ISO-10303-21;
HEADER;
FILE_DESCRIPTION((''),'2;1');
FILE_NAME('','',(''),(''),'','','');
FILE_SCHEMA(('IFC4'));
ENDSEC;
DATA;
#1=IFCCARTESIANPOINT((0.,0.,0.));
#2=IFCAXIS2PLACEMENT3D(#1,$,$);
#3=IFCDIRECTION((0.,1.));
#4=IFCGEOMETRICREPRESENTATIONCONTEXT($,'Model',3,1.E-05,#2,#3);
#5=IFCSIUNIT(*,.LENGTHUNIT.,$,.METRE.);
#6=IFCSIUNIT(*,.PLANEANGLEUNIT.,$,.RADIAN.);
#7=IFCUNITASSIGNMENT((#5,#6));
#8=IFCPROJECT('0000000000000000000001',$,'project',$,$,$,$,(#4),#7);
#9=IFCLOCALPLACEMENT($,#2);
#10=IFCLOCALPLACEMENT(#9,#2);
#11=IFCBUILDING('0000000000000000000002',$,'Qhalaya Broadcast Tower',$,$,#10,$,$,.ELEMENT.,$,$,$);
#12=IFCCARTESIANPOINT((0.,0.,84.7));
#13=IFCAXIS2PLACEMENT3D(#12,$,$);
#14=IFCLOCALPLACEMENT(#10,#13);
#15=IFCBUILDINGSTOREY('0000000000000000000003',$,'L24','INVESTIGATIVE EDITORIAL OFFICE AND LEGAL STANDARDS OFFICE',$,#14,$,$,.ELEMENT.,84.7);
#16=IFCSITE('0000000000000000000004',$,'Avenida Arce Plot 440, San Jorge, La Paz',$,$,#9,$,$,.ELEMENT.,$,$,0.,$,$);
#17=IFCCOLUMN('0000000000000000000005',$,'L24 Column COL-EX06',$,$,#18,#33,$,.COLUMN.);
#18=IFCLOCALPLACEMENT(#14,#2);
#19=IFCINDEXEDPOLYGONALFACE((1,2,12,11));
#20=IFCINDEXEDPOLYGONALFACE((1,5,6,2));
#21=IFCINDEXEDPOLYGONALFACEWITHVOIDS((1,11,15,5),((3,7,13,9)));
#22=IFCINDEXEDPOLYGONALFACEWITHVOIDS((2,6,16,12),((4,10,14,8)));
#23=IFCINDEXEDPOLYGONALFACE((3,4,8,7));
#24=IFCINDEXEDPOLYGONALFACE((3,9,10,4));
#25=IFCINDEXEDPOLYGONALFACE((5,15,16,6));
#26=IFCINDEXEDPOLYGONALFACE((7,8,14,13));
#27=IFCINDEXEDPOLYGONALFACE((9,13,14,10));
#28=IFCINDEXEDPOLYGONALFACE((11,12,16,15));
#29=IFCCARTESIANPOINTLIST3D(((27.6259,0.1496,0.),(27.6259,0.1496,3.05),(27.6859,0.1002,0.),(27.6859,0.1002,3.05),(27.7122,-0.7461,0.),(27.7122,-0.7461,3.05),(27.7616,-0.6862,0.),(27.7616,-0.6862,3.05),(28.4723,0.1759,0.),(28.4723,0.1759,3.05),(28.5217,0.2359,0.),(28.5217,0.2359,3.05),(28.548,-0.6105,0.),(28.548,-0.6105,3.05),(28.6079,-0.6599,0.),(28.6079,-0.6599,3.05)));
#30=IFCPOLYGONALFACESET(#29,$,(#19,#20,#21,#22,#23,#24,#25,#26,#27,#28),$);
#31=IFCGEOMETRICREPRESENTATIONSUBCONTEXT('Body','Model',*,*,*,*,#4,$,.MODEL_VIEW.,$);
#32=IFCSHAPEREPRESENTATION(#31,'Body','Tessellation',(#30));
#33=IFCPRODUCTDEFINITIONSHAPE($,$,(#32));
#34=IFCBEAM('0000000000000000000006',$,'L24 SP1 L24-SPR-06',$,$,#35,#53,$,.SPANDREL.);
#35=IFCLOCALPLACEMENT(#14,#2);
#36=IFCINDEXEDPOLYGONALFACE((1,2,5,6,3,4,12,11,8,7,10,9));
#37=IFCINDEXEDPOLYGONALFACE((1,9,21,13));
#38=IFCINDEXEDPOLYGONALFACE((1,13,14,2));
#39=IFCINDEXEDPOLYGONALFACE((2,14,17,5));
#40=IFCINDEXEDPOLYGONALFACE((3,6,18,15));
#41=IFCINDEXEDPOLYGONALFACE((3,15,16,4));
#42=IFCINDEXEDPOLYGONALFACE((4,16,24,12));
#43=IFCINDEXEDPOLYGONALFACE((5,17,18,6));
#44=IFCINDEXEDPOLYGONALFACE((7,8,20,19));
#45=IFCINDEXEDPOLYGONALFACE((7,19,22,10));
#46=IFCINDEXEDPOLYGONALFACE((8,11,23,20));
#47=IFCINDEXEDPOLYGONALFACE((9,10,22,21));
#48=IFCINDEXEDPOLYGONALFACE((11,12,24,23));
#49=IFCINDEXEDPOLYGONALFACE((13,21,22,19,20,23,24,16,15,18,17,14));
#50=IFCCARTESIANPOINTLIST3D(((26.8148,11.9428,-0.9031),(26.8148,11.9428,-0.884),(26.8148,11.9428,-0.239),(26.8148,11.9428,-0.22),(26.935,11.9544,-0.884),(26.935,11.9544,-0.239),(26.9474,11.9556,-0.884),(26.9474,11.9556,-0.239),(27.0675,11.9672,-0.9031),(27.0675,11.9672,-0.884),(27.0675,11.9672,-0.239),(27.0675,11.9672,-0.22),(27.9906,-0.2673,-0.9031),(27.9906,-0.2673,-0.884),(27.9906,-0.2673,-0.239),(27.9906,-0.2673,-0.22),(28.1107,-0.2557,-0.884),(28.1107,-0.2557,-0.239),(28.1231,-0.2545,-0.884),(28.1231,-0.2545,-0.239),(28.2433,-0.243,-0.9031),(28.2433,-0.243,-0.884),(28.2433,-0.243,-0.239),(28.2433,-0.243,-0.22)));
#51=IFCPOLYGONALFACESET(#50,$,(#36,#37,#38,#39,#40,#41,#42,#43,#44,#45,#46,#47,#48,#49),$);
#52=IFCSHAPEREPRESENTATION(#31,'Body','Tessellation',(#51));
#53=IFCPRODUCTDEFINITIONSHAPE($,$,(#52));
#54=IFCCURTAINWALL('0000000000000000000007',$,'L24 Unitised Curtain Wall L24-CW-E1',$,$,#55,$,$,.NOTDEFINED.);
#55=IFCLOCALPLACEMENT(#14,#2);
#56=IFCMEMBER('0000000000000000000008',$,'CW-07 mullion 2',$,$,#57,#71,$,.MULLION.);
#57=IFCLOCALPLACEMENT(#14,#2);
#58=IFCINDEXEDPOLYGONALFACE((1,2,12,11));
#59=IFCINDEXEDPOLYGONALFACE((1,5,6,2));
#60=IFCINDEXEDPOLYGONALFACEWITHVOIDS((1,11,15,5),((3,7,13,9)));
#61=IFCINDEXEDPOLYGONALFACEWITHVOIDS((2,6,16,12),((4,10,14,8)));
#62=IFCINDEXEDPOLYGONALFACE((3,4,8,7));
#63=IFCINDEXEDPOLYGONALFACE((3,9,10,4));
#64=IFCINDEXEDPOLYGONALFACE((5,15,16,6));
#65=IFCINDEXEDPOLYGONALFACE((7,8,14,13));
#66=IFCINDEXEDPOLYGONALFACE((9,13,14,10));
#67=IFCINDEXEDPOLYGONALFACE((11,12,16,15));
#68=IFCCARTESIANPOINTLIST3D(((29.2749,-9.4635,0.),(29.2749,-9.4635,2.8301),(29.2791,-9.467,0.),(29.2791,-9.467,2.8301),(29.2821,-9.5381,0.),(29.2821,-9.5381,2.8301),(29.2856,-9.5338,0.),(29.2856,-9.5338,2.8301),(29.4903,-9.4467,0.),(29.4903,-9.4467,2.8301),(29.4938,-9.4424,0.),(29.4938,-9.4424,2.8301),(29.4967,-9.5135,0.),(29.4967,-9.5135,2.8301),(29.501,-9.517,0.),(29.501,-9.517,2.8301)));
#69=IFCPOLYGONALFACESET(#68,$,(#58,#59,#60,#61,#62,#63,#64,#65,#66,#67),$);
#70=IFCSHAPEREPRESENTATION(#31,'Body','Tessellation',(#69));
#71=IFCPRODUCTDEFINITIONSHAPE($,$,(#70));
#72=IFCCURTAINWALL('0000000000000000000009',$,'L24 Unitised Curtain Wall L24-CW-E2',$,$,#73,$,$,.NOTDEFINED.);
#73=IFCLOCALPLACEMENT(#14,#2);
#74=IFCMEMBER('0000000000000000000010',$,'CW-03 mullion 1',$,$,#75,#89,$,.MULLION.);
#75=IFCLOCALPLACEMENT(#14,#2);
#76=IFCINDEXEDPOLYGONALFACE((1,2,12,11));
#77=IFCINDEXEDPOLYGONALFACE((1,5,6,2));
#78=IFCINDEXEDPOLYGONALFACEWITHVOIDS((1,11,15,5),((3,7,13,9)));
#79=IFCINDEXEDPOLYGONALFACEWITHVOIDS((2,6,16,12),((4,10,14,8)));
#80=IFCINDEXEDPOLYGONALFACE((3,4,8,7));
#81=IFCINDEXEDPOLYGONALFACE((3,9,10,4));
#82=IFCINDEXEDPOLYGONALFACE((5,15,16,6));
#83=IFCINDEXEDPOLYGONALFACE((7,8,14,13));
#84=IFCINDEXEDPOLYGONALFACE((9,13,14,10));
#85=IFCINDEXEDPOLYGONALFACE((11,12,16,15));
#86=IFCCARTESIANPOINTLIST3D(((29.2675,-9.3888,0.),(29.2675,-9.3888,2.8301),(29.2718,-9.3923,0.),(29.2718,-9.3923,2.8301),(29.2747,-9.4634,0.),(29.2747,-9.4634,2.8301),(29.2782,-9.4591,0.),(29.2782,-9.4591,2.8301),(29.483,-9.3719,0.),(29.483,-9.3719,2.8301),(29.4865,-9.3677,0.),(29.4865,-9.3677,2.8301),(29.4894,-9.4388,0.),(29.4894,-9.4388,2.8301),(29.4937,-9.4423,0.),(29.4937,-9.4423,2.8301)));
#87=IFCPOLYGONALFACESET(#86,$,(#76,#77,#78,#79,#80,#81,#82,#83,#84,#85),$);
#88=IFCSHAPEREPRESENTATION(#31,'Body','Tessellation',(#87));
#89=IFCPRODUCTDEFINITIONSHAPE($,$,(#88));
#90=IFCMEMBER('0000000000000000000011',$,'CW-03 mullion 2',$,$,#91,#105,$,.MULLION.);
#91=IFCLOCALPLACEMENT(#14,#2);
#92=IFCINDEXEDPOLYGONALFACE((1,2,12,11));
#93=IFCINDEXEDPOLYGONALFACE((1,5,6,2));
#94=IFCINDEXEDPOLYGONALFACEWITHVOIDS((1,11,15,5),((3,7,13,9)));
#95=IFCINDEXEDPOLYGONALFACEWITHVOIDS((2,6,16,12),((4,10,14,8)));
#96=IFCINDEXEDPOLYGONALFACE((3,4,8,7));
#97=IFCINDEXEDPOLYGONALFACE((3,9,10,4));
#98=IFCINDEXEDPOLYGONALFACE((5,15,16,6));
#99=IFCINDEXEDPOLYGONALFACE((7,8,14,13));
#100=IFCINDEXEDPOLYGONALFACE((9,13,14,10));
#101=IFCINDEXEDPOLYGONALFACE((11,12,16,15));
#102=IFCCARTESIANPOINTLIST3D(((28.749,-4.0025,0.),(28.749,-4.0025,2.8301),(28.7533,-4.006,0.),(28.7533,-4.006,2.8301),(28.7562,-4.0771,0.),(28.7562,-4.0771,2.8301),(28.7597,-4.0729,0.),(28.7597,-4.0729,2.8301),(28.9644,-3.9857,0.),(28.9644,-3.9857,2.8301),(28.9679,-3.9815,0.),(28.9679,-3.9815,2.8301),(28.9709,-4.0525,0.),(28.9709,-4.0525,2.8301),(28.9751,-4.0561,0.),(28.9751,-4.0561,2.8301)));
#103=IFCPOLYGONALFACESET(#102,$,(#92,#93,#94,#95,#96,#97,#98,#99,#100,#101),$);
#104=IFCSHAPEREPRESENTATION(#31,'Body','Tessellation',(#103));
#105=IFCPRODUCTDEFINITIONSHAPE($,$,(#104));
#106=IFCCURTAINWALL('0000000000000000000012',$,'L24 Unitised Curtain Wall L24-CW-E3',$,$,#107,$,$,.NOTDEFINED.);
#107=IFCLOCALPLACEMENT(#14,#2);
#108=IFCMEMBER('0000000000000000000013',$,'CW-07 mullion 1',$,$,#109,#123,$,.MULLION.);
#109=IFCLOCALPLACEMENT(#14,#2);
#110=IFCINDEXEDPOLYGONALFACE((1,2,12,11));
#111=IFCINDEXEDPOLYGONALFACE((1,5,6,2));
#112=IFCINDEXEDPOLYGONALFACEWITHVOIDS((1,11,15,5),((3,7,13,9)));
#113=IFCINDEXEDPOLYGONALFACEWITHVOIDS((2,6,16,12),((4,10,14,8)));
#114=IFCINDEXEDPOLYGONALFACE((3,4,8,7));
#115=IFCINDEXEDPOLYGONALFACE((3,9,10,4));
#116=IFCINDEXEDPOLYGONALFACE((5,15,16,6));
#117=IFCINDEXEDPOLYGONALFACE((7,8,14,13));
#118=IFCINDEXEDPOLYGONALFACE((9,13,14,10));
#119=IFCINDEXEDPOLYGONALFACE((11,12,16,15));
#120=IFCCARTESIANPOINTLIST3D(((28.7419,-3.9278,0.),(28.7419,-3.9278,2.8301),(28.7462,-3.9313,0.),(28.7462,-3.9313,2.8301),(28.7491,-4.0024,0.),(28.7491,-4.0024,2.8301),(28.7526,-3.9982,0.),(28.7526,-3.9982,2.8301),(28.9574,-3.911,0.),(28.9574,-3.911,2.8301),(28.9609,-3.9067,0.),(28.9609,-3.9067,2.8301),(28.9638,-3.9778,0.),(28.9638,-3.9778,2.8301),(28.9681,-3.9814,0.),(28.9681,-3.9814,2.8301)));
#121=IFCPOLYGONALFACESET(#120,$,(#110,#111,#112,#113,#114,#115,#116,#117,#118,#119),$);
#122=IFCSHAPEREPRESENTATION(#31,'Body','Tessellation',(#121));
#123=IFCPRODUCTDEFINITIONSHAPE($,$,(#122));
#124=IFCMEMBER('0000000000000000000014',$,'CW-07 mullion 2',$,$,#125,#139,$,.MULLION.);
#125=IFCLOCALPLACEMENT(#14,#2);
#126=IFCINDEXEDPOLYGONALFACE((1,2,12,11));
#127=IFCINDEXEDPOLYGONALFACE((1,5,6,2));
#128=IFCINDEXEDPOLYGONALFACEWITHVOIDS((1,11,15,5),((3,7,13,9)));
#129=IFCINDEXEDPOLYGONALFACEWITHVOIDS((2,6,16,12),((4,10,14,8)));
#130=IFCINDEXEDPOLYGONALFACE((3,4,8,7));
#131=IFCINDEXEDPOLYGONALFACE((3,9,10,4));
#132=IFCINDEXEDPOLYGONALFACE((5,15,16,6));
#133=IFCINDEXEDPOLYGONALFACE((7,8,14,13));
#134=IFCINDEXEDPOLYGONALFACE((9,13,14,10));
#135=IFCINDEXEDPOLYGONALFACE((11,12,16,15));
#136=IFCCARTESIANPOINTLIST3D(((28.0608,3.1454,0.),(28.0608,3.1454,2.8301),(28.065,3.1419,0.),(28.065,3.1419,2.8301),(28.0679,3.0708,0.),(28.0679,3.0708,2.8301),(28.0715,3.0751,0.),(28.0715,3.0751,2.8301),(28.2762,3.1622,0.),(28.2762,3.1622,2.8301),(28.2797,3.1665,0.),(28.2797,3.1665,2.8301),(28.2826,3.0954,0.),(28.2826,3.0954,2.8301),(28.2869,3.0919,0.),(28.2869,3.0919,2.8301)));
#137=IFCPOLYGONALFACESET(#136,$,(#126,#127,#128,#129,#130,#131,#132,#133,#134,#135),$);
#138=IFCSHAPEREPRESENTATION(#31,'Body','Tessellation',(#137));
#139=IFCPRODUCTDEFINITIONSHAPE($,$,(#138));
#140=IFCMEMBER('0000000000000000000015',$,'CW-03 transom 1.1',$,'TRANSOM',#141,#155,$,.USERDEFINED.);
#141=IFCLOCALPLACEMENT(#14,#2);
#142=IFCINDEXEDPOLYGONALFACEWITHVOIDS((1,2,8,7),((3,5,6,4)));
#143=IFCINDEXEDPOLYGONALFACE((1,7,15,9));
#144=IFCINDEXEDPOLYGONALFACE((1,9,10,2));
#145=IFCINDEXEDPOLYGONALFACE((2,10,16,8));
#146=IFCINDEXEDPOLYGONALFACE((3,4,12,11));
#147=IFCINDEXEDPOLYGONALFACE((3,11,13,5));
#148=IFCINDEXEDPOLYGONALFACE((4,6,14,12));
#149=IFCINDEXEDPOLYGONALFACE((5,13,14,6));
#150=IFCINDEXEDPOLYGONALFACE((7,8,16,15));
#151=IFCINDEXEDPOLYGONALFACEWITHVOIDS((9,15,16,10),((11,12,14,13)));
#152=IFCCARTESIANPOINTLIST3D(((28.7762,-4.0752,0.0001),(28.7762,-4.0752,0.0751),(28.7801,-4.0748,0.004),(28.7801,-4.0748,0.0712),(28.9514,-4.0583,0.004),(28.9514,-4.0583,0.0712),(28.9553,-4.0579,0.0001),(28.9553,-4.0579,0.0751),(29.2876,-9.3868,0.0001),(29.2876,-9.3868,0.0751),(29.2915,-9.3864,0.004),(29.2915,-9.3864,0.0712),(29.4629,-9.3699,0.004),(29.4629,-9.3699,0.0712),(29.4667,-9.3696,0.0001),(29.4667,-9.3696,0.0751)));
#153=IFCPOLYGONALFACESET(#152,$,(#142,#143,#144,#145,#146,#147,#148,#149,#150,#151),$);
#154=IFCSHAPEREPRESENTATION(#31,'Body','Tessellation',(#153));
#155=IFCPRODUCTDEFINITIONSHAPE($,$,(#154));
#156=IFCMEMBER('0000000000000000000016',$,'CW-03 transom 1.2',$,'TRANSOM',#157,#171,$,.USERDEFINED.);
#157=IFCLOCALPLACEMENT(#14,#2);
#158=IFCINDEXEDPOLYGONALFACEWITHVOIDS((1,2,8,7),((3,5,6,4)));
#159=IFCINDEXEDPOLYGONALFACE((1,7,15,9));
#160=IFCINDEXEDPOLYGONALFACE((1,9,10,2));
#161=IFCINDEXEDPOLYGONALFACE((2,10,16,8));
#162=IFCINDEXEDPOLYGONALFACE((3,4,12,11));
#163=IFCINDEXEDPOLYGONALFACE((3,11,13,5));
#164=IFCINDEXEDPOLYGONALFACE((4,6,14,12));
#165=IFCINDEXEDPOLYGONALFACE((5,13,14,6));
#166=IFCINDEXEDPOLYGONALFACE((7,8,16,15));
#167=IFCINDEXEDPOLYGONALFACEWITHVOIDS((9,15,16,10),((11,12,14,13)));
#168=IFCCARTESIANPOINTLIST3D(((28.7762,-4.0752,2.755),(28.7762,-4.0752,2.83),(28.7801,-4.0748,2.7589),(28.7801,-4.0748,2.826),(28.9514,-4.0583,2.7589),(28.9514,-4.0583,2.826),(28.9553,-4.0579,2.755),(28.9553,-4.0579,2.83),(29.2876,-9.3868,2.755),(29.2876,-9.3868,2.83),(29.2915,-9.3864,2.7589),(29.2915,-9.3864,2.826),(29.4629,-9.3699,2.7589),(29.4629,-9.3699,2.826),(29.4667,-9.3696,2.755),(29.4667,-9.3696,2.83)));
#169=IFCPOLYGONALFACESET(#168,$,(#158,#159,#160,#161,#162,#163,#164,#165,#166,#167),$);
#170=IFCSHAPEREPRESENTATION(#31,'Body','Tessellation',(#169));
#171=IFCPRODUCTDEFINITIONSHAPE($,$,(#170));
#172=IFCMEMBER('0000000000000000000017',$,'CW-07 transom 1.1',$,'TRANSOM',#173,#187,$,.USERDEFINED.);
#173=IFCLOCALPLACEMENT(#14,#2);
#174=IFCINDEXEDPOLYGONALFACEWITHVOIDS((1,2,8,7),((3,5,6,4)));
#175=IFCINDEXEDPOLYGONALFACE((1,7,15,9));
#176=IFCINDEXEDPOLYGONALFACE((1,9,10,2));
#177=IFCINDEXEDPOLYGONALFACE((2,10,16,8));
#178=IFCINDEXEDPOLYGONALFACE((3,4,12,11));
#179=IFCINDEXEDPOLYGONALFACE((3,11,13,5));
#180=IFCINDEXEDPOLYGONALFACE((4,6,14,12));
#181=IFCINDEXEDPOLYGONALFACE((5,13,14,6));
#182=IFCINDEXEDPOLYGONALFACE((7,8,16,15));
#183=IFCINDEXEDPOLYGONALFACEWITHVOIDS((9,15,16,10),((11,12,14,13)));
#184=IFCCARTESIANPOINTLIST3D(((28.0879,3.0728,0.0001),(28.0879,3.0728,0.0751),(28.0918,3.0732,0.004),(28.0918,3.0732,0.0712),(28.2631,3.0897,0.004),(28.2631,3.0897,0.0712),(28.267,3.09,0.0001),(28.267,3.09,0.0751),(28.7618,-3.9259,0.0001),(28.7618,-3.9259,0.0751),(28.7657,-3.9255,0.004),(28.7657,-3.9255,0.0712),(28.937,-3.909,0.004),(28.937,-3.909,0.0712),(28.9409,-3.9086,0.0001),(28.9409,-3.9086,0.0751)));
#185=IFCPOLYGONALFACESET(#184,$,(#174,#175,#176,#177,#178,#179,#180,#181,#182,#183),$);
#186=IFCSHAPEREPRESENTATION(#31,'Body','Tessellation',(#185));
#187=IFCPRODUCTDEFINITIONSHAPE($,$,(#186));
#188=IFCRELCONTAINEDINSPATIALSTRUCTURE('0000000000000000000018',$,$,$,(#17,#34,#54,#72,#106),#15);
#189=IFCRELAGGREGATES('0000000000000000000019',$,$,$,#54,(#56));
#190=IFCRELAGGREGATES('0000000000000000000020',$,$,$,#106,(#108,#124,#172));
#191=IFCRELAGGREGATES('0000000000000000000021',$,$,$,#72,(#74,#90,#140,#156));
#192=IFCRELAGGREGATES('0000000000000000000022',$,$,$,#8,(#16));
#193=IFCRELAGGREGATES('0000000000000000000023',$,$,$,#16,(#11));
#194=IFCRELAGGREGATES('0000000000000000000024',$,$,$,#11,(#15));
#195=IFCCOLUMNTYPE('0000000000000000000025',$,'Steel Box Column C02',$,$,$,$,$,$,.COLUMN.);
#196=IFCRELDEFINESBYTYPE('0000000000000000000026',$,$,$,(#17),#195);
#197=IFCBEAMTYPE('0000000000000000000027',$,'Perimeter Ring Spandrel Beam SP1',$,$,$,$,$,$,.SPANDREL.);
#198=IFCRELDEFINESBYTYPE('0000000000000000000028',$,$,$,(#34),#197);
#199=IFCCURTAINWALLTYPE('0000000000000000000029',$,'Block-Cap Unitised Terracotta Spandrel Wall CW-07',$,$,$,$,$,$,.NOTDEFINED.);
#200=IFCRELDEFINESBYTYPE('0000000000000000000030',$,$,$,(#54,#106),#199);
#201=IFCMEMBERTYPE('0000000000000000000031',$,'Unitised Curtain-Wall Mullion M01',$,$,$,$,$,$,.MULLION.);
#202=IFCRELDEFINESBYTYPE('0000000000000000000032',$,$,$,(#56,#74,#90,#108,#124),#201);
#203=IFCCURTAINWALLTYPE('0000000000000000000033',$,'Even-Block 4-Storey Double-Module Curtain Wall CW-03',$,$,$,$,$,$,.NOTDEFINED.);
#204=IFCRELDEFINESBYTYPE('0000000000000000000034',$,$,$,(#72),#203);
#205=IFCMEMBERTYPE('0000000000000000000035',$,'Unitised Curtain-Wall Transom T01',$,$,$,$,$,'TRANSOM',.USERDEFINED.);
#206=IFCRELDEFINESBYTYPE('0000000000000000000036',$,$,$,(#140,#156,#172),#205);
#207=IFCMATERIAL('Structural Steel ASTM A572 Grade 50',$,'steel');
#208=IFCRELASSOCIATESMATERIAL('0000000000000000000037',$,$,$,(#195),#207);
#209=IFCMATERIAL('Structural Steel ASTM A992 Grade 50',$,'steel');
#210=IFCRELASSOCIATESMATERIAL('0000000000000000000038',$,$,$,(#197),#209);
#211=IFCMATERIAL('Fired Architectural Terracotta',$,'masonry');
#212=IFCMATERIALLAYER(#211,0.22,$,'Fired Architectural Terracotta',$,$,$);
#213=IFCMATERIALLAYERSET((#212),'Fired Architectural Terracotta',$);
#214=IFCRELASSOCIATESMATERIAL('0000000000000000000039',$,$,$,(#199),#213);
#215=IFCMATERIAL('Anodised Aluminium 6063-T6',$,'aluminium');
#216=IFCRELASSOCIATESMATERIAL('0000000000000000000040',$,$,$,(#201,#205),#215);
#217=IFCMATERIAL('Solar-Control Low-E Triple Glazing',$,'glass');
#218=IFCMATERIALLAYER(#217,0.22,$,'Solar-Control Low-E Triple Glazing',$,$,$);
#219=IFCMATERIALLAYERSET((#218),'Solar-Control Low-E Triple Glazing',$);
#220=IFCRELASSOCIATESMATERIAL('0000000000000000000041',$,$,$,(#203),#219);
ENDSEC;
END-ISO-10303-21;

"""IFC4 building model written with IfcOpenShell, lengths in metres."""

from ifc_helpers import new_model, si_unit, direction, frame, origin, origin_2d, place, context, subcontext, project, spatial, hollow_rectangle, i_section, extrude, material, layer, layer_set, material_profile, profile_set, type_object, element, aggregate, save


model = new_model("IFC4")

# Units and contexts
model_context = context("Model", 3, precision=1e-05, world=origin(), true_north=direction((0.0, 1.0)))
body_context = subcontext(model_context, "Body", "Model", "MODEL_VIEW")
ifc_project = project(units=[si_unit("LENGTHUNIT", "METRE"), si_unit("PLANEANGLEUNIT", "RADIAN")], contexts=[model_context])

# Site, building, storey
site_placement = place(None, origin())
site = spatial("IfcSite", under=ifc_project, at=site_placement, Name="Avenida Arce Plot 440, San Jorge, La Paz", CompositionType="ELEMENT", RefElevation=0.0)
building_placement = place(site_placement, origin())
building = spatial("IfcBuilding", under=site, at=building_placement, Name="Qhalaya Broadcast Tower", CompositionType="ELEMENT")
storey_placement = place(building_placement, frame((0.0, 0.0, 84.7)))
storey = spatial("IfcBuildingStorey", under=building, at=storey_placement, Name="L24", Description="INVESTIGATIVE EDITORIAL OFFICE AND LEGAL STANDARDS OFFICE", CompositionType="ELEMENT", Elevation=84.7)

# Column
ifc_material_1 = material(Name="Structural Steel ASTM A572 Grade 50", Category="steel")
ifc_material_profile_1 = material_profile(ifc_material_1, hollow_rectangle(XDim=0.8999, YDim=0.8999, WallThickness=0.0549, at=origin_2d()), Name="BOX 900x900x55")
ifc_profile_set_1 = profile_set([ifc_material_profile_1], Name="Structural Steel ASTM A572 Grade 50")
column_type = type_object("IfcColumnType", Name="Steel Box Column C02", PredefinedType="COLUMN", material=ifc_profile_set_1)
column_placement = place(storey_placement, frame((28.1169, -0.2551, 0.0), z_axis=(0.0, 0.0, 1.0), x_axis=(-0.095846, 0.995396, 0.0)))
element("IfcColumn", 1, at=column_placement, inside=storey, type_object=column_type, Name="L24 Column COL-EX06", PredefinedType="COLUMN", context=body_context, shape_type="SweptSolid", body=[
    extrude(hollow_rectangle(XDim=0.8999, YDim=0.8999, WallThickness=0.0549, at=origin_2d()), origin(), (0.0, 0.0, 1.0), 3.05),
])

# Beam
ifc_material_2 = material(Name="Structural Steel ASTM A992 Grade 50", Category="steel")
ifc_material_profile_2 = material_profile(ifc_material_2, i_section(OverallWidth=0.2539, OverallDepth=0.6831, WebThickness=0.0125, FlangeThickness=0.019, at=origin_2d()), Name="W27X94")
ifc_profile_set_2 = profile_set([ifc_material_profile_2], Name="Structural Steel ASTM A992 Grade 50")
beam_type = type_object("IfcBeamType", Name="Perimeter Ring Spandrel Beam SP1", PredefinedType="SPANDREL", material=ifc_profile_set_2)
beam_placement = place(storey_placement, frame((28.1169, -0.2551, -0.5615), z_axis=(-0.095852, 0.995396, 0.0), x_axis=(-0.995396, -0.095852, 0.0)))
element("IfcBeam", 2, at=beam_placement, inside=storey, type_object=beam_type, Name="L24 SP1 L24-SPR-06", PredefinedType="SPANDREL", context=body_context, shape_type="SweptSolid", body=[
    extrude(i_section(OverallWidth=0.2539, OverallDepth=0.6831, WebThickness=0.0125, FlangeThickness=0.019, at=origin_2d()), origin(), (0.0, 0.0, 1.0), 12.2666),
])

# Curtain wall, member
ifc_material_3 = material(Name="Fired Architectural Terracotta", Category="masonry")
ifc_layer_1 = layer(ifc_material_3, 0.22, Name="Fired Architectural Terracotta")
ifc_layer_set_1 = layer_set([ifc_layer_1], Name="Fired Architectural Terracotta")
curtain_wall_type_1 = type_object("IfcCurtainWallType", Name="Block-Cap Unitised Terracotta Spandrel Wall CW-07", PredefinedType="NOTDEFINED", material=ifc_layer_set_1)
curtain_wall_1_placement = place(storey_placement, origin())
curtain_wall_1 = element("IfcCurtainWall", 3, at=curtain_wall_1_placement, inside=storey, type_object=curtain_wall_type_1, Name="L24 Unitised Curtain Wall L24-CW-E1", PredefinedType="NOTDEFINED")
ifc_material_4 = material(Name="Anodised Aluminium 6063-T6", Category="aluminium")
ifc_material_profile_3 = material_profile(ifc_material_4, hollow_rectangle(XDim=0.075, YDim=0.22, WallThickness=0.0039, at=origin_2d()), Name="ALU-MUL 75x220x4")
ifc_profile_set_3 = profile_set([ifc_material_profile_3], Name="Anodised Aluminium 6063-T6")
member_type_1 = type_object("IfcMemberType", Name="Unitised Curtain-Wall Mullion M01", PredefinedType="MULLION", material=ifc_profile_set_3)
member_1_placement = place(storey_placement, frame((29.3879, -9.4902, 0.0), z_axis=(0.0, 0.0, 1.0), x_axis=(-0.095856, 0.995395, 0.0)))
member_1 = element("IfcMember", 4, at=member_1_placement, type_object=member_type_1, Name="CW-07 mullion 2", PredefinedType="MULLION", context=body_context, shape_type="SweptSolid", body=[
    extrude(hollow_rectangle(XDim=0.075, YDim=0.22, WallThickness=0.0039, at=origin_2d()), origin(), (0.0, 0.0, 1.0), 2.8301),
])

# Curtain walls, members
ifc_material_5 = material(Name="Solar-Control Low-E Triple Glazing", Category="glass")
ifc_layer_2 = layer(ifc_material_5, 0.22, Name="Solar-Control Low-E Triple Glazing")
ifc_layer_set_2 = layer_set([ifc_layer_2], Name="Solar-Control Low-E Triple Glazing")
curtain_wall_type_2 = type_object("IfcCurtainWallType", Name="Even-Block 4-Storey Double-Module Curtain Wall CW-03", PredefinedType="NOTDEFINED", material=ifc_layer_set_2)
curtain_wall_2_placement = place(storey_placement, origin())
curtain_wall_2 = element("IfcCurtainWall", 5, at=curtain_wall_2_placement, inside=storey, type_object=curtain_wall_type_2, Name="L24 Unitised Curtain Wall L24-CW-E2", PredefinedType="NOTDEFINED")
member_2_placement = place(storey_placement, frame((29.3806, -9.4155, 0.0), z_axis=(0.0, 0.0, 1.0), x_axis=(-0.095843, 0.995396, 0.0)))
member_2 = element("IfcMember", 6, at=member_2_placement, type_object=member_type_1, Name="CW-03 mullion 1", PredefinedType="MULLION", context=body_context, shape_type="SweptSolid", body=[
    extrude(hollow_rectangle(XDim=0.075, YDim=0.22, WallThickness=0.0039, at=origin_2d()), origin(), (0.0, 0.0, 1.0), 2.8301),
])
member_3_placement = place(storey_placement, frame((28.8621, -4.0293, 0.0), z_axis=(0.0, 0.0, 1.0), x_axis=(-0.095843, 0.995396, 0.0)))
member_3 = element("IfcMember", 7, at=member_3_placement, type_object=member_type_1, Name="CW-03 mullion 2", PredefinedType="MULLION", context=body_context, shape_type="SweptSolid", body=[
    extrude(hollow_rectangle(XDim=0.075, YDim=0.22, WallThickness=0.0039, at=origin_2d()), origin(), (0.0, 0.0, 1.0), 2.8301),
])
curtain_wall_3_placement = place(storey_placement, origin())
curtain_wall_3 = element("IfcCurtainWall", 8, at=curtain_wall_3_placement, inside=storey, type_object=curtain_wall_type_1, Name="L24 Unitised Curtain Wall L24-CW-E3", PredefinedType="NOTDEFINED")
member_4_placement = place(storey_placement, frame((28.855, -3.9546, 0.0), z_axis=(0.0, 0.0, 1.0), x_axis=(-0.095851, 0.995396, 0.0)))
member_4 = element("IfcMember", 9, at=member_4_placement, type_object=member_type_1, Name="CW-07 mullion 1", PredefinedType="MULLION", context=body_context, shape_type="SweptSolid", body=[
    extrude(hollow_rectangle(XDim=0.075, YDim=0.22, WallThickness=0.0039, at=origin_2d()), origin(), (0.0, 0.0, 1.0), 2.8301),
])
member_5_placement = place(storey_placement, frame((28.1738, 3.1187, 0.0), z_axis=(0.0, 0.0, 1.0), x_axis=(-0.095851, 0.995396, 0.0)))
member_5 = element("IfcMember", 10, at=member_5_placement, type_object=member_type_1, Name="CW-07 mullion 2", PredefinedType="MULLION", context=body_context, shape_type="SweptSolid", body=[
    extrude(hollow_rectangle(XDim=0.075, YDim=0.22, WallThickness=0.0039, at=origin_2d()), origin(), (0.0, 0.0, 1.0), 2.8301),
])

# Members
ifc_material_profile_4 = material_profile(ifc_material_4, hollow_rectangle(XDim=0.075, YDim=0.1799, WallThickness=0.0039, at=origin_2d()), Name="ALU-TRN 75x180x4")
ifc_profile_set_4 = profile_set([ifc_material_profile_4], Name="Anodised Aluminium 6063-T6")
member_type_2 = type_object("IfcMemberType", Name="Unitised Curtain-Wall Transom T01", ElementType="TRANSOM", PredefinedType="USERDEFINED", material=ifc_profile_set_4)
member_6_placement = place(storey_placement, frame((29.3772, -9.3782, 0.0376), z_axis=(-0.095852, 0.995396, 0.0), x_axis=(0.0, 0.0, 1.0)))
member_6 = element("IfcMember", 11, at=member_6_placement, type_object=member_type_2, Name="CW-03 transom 1.1", ObjectType="TRANSOM", PredefinedType="USERDEFINED", context=body_context, shape_type="SweptSolid", body=[
    extrude(hollow_rectangle(XDim=0.075, YDim=0.1799, WallThickness=0.0039, at=origin_2d()), origin(), (0.0, 0.0, 1.0), 5.3362),
])
member_7_placement = place(storey_placement, frame((29.3772, -9.3782, 2.7925), z_axis=(-0.095852, 0.995396, 0.0), x_axis=(0.0, 0.0, 1.0)))
member_7 = element("IfcMember", 12, at=member_7_placement, type_object=member_type_2, Name="CW-03 transom 1.2", ObjectType="TRANSOM", PredefinedType="USERDEFINED", context=body_context, shape_type="SweptSolid", body=[
    extrude(hollow_rectangle(XDim=0.075, YDim=0.1799, WallThickness=0.0039, at=origin_2d()), origin(), (0.0, 0.0, 1.0), 5.3362),
])
member_8_placement = place(storey_placement, frame((28.8513, -3.9172, 0.0376), z_axis=(-0.095838, 0.995397, 0.0), x_axis=(0.0, 0.0, 1.0)))
member_8 = element("IfcMember", 13, at=member_8_placement, type_object=member_type_2, Name="CW-07 transom 1.1", ObjectType="TRANSOM", PredefinedType="USERDEFINED", context=body_context, shape_type="SweptSolid", body=[
    extrude(hollow_rectangle(XDim=0.075, YDim=0.1799, WallThickness=0.0039, at=origin_2d()), origin(), (0.0, 0.0, 1.0), 7.031),
])

aggregate(curtain_wall_1, [member_1])
aggregate(curtain_wall_3, [member_4, member_5, member_8])
aggregate(curtain_wall_2, [member_2, member_3, member_6, member_7])

save(model, "model.ifc")
